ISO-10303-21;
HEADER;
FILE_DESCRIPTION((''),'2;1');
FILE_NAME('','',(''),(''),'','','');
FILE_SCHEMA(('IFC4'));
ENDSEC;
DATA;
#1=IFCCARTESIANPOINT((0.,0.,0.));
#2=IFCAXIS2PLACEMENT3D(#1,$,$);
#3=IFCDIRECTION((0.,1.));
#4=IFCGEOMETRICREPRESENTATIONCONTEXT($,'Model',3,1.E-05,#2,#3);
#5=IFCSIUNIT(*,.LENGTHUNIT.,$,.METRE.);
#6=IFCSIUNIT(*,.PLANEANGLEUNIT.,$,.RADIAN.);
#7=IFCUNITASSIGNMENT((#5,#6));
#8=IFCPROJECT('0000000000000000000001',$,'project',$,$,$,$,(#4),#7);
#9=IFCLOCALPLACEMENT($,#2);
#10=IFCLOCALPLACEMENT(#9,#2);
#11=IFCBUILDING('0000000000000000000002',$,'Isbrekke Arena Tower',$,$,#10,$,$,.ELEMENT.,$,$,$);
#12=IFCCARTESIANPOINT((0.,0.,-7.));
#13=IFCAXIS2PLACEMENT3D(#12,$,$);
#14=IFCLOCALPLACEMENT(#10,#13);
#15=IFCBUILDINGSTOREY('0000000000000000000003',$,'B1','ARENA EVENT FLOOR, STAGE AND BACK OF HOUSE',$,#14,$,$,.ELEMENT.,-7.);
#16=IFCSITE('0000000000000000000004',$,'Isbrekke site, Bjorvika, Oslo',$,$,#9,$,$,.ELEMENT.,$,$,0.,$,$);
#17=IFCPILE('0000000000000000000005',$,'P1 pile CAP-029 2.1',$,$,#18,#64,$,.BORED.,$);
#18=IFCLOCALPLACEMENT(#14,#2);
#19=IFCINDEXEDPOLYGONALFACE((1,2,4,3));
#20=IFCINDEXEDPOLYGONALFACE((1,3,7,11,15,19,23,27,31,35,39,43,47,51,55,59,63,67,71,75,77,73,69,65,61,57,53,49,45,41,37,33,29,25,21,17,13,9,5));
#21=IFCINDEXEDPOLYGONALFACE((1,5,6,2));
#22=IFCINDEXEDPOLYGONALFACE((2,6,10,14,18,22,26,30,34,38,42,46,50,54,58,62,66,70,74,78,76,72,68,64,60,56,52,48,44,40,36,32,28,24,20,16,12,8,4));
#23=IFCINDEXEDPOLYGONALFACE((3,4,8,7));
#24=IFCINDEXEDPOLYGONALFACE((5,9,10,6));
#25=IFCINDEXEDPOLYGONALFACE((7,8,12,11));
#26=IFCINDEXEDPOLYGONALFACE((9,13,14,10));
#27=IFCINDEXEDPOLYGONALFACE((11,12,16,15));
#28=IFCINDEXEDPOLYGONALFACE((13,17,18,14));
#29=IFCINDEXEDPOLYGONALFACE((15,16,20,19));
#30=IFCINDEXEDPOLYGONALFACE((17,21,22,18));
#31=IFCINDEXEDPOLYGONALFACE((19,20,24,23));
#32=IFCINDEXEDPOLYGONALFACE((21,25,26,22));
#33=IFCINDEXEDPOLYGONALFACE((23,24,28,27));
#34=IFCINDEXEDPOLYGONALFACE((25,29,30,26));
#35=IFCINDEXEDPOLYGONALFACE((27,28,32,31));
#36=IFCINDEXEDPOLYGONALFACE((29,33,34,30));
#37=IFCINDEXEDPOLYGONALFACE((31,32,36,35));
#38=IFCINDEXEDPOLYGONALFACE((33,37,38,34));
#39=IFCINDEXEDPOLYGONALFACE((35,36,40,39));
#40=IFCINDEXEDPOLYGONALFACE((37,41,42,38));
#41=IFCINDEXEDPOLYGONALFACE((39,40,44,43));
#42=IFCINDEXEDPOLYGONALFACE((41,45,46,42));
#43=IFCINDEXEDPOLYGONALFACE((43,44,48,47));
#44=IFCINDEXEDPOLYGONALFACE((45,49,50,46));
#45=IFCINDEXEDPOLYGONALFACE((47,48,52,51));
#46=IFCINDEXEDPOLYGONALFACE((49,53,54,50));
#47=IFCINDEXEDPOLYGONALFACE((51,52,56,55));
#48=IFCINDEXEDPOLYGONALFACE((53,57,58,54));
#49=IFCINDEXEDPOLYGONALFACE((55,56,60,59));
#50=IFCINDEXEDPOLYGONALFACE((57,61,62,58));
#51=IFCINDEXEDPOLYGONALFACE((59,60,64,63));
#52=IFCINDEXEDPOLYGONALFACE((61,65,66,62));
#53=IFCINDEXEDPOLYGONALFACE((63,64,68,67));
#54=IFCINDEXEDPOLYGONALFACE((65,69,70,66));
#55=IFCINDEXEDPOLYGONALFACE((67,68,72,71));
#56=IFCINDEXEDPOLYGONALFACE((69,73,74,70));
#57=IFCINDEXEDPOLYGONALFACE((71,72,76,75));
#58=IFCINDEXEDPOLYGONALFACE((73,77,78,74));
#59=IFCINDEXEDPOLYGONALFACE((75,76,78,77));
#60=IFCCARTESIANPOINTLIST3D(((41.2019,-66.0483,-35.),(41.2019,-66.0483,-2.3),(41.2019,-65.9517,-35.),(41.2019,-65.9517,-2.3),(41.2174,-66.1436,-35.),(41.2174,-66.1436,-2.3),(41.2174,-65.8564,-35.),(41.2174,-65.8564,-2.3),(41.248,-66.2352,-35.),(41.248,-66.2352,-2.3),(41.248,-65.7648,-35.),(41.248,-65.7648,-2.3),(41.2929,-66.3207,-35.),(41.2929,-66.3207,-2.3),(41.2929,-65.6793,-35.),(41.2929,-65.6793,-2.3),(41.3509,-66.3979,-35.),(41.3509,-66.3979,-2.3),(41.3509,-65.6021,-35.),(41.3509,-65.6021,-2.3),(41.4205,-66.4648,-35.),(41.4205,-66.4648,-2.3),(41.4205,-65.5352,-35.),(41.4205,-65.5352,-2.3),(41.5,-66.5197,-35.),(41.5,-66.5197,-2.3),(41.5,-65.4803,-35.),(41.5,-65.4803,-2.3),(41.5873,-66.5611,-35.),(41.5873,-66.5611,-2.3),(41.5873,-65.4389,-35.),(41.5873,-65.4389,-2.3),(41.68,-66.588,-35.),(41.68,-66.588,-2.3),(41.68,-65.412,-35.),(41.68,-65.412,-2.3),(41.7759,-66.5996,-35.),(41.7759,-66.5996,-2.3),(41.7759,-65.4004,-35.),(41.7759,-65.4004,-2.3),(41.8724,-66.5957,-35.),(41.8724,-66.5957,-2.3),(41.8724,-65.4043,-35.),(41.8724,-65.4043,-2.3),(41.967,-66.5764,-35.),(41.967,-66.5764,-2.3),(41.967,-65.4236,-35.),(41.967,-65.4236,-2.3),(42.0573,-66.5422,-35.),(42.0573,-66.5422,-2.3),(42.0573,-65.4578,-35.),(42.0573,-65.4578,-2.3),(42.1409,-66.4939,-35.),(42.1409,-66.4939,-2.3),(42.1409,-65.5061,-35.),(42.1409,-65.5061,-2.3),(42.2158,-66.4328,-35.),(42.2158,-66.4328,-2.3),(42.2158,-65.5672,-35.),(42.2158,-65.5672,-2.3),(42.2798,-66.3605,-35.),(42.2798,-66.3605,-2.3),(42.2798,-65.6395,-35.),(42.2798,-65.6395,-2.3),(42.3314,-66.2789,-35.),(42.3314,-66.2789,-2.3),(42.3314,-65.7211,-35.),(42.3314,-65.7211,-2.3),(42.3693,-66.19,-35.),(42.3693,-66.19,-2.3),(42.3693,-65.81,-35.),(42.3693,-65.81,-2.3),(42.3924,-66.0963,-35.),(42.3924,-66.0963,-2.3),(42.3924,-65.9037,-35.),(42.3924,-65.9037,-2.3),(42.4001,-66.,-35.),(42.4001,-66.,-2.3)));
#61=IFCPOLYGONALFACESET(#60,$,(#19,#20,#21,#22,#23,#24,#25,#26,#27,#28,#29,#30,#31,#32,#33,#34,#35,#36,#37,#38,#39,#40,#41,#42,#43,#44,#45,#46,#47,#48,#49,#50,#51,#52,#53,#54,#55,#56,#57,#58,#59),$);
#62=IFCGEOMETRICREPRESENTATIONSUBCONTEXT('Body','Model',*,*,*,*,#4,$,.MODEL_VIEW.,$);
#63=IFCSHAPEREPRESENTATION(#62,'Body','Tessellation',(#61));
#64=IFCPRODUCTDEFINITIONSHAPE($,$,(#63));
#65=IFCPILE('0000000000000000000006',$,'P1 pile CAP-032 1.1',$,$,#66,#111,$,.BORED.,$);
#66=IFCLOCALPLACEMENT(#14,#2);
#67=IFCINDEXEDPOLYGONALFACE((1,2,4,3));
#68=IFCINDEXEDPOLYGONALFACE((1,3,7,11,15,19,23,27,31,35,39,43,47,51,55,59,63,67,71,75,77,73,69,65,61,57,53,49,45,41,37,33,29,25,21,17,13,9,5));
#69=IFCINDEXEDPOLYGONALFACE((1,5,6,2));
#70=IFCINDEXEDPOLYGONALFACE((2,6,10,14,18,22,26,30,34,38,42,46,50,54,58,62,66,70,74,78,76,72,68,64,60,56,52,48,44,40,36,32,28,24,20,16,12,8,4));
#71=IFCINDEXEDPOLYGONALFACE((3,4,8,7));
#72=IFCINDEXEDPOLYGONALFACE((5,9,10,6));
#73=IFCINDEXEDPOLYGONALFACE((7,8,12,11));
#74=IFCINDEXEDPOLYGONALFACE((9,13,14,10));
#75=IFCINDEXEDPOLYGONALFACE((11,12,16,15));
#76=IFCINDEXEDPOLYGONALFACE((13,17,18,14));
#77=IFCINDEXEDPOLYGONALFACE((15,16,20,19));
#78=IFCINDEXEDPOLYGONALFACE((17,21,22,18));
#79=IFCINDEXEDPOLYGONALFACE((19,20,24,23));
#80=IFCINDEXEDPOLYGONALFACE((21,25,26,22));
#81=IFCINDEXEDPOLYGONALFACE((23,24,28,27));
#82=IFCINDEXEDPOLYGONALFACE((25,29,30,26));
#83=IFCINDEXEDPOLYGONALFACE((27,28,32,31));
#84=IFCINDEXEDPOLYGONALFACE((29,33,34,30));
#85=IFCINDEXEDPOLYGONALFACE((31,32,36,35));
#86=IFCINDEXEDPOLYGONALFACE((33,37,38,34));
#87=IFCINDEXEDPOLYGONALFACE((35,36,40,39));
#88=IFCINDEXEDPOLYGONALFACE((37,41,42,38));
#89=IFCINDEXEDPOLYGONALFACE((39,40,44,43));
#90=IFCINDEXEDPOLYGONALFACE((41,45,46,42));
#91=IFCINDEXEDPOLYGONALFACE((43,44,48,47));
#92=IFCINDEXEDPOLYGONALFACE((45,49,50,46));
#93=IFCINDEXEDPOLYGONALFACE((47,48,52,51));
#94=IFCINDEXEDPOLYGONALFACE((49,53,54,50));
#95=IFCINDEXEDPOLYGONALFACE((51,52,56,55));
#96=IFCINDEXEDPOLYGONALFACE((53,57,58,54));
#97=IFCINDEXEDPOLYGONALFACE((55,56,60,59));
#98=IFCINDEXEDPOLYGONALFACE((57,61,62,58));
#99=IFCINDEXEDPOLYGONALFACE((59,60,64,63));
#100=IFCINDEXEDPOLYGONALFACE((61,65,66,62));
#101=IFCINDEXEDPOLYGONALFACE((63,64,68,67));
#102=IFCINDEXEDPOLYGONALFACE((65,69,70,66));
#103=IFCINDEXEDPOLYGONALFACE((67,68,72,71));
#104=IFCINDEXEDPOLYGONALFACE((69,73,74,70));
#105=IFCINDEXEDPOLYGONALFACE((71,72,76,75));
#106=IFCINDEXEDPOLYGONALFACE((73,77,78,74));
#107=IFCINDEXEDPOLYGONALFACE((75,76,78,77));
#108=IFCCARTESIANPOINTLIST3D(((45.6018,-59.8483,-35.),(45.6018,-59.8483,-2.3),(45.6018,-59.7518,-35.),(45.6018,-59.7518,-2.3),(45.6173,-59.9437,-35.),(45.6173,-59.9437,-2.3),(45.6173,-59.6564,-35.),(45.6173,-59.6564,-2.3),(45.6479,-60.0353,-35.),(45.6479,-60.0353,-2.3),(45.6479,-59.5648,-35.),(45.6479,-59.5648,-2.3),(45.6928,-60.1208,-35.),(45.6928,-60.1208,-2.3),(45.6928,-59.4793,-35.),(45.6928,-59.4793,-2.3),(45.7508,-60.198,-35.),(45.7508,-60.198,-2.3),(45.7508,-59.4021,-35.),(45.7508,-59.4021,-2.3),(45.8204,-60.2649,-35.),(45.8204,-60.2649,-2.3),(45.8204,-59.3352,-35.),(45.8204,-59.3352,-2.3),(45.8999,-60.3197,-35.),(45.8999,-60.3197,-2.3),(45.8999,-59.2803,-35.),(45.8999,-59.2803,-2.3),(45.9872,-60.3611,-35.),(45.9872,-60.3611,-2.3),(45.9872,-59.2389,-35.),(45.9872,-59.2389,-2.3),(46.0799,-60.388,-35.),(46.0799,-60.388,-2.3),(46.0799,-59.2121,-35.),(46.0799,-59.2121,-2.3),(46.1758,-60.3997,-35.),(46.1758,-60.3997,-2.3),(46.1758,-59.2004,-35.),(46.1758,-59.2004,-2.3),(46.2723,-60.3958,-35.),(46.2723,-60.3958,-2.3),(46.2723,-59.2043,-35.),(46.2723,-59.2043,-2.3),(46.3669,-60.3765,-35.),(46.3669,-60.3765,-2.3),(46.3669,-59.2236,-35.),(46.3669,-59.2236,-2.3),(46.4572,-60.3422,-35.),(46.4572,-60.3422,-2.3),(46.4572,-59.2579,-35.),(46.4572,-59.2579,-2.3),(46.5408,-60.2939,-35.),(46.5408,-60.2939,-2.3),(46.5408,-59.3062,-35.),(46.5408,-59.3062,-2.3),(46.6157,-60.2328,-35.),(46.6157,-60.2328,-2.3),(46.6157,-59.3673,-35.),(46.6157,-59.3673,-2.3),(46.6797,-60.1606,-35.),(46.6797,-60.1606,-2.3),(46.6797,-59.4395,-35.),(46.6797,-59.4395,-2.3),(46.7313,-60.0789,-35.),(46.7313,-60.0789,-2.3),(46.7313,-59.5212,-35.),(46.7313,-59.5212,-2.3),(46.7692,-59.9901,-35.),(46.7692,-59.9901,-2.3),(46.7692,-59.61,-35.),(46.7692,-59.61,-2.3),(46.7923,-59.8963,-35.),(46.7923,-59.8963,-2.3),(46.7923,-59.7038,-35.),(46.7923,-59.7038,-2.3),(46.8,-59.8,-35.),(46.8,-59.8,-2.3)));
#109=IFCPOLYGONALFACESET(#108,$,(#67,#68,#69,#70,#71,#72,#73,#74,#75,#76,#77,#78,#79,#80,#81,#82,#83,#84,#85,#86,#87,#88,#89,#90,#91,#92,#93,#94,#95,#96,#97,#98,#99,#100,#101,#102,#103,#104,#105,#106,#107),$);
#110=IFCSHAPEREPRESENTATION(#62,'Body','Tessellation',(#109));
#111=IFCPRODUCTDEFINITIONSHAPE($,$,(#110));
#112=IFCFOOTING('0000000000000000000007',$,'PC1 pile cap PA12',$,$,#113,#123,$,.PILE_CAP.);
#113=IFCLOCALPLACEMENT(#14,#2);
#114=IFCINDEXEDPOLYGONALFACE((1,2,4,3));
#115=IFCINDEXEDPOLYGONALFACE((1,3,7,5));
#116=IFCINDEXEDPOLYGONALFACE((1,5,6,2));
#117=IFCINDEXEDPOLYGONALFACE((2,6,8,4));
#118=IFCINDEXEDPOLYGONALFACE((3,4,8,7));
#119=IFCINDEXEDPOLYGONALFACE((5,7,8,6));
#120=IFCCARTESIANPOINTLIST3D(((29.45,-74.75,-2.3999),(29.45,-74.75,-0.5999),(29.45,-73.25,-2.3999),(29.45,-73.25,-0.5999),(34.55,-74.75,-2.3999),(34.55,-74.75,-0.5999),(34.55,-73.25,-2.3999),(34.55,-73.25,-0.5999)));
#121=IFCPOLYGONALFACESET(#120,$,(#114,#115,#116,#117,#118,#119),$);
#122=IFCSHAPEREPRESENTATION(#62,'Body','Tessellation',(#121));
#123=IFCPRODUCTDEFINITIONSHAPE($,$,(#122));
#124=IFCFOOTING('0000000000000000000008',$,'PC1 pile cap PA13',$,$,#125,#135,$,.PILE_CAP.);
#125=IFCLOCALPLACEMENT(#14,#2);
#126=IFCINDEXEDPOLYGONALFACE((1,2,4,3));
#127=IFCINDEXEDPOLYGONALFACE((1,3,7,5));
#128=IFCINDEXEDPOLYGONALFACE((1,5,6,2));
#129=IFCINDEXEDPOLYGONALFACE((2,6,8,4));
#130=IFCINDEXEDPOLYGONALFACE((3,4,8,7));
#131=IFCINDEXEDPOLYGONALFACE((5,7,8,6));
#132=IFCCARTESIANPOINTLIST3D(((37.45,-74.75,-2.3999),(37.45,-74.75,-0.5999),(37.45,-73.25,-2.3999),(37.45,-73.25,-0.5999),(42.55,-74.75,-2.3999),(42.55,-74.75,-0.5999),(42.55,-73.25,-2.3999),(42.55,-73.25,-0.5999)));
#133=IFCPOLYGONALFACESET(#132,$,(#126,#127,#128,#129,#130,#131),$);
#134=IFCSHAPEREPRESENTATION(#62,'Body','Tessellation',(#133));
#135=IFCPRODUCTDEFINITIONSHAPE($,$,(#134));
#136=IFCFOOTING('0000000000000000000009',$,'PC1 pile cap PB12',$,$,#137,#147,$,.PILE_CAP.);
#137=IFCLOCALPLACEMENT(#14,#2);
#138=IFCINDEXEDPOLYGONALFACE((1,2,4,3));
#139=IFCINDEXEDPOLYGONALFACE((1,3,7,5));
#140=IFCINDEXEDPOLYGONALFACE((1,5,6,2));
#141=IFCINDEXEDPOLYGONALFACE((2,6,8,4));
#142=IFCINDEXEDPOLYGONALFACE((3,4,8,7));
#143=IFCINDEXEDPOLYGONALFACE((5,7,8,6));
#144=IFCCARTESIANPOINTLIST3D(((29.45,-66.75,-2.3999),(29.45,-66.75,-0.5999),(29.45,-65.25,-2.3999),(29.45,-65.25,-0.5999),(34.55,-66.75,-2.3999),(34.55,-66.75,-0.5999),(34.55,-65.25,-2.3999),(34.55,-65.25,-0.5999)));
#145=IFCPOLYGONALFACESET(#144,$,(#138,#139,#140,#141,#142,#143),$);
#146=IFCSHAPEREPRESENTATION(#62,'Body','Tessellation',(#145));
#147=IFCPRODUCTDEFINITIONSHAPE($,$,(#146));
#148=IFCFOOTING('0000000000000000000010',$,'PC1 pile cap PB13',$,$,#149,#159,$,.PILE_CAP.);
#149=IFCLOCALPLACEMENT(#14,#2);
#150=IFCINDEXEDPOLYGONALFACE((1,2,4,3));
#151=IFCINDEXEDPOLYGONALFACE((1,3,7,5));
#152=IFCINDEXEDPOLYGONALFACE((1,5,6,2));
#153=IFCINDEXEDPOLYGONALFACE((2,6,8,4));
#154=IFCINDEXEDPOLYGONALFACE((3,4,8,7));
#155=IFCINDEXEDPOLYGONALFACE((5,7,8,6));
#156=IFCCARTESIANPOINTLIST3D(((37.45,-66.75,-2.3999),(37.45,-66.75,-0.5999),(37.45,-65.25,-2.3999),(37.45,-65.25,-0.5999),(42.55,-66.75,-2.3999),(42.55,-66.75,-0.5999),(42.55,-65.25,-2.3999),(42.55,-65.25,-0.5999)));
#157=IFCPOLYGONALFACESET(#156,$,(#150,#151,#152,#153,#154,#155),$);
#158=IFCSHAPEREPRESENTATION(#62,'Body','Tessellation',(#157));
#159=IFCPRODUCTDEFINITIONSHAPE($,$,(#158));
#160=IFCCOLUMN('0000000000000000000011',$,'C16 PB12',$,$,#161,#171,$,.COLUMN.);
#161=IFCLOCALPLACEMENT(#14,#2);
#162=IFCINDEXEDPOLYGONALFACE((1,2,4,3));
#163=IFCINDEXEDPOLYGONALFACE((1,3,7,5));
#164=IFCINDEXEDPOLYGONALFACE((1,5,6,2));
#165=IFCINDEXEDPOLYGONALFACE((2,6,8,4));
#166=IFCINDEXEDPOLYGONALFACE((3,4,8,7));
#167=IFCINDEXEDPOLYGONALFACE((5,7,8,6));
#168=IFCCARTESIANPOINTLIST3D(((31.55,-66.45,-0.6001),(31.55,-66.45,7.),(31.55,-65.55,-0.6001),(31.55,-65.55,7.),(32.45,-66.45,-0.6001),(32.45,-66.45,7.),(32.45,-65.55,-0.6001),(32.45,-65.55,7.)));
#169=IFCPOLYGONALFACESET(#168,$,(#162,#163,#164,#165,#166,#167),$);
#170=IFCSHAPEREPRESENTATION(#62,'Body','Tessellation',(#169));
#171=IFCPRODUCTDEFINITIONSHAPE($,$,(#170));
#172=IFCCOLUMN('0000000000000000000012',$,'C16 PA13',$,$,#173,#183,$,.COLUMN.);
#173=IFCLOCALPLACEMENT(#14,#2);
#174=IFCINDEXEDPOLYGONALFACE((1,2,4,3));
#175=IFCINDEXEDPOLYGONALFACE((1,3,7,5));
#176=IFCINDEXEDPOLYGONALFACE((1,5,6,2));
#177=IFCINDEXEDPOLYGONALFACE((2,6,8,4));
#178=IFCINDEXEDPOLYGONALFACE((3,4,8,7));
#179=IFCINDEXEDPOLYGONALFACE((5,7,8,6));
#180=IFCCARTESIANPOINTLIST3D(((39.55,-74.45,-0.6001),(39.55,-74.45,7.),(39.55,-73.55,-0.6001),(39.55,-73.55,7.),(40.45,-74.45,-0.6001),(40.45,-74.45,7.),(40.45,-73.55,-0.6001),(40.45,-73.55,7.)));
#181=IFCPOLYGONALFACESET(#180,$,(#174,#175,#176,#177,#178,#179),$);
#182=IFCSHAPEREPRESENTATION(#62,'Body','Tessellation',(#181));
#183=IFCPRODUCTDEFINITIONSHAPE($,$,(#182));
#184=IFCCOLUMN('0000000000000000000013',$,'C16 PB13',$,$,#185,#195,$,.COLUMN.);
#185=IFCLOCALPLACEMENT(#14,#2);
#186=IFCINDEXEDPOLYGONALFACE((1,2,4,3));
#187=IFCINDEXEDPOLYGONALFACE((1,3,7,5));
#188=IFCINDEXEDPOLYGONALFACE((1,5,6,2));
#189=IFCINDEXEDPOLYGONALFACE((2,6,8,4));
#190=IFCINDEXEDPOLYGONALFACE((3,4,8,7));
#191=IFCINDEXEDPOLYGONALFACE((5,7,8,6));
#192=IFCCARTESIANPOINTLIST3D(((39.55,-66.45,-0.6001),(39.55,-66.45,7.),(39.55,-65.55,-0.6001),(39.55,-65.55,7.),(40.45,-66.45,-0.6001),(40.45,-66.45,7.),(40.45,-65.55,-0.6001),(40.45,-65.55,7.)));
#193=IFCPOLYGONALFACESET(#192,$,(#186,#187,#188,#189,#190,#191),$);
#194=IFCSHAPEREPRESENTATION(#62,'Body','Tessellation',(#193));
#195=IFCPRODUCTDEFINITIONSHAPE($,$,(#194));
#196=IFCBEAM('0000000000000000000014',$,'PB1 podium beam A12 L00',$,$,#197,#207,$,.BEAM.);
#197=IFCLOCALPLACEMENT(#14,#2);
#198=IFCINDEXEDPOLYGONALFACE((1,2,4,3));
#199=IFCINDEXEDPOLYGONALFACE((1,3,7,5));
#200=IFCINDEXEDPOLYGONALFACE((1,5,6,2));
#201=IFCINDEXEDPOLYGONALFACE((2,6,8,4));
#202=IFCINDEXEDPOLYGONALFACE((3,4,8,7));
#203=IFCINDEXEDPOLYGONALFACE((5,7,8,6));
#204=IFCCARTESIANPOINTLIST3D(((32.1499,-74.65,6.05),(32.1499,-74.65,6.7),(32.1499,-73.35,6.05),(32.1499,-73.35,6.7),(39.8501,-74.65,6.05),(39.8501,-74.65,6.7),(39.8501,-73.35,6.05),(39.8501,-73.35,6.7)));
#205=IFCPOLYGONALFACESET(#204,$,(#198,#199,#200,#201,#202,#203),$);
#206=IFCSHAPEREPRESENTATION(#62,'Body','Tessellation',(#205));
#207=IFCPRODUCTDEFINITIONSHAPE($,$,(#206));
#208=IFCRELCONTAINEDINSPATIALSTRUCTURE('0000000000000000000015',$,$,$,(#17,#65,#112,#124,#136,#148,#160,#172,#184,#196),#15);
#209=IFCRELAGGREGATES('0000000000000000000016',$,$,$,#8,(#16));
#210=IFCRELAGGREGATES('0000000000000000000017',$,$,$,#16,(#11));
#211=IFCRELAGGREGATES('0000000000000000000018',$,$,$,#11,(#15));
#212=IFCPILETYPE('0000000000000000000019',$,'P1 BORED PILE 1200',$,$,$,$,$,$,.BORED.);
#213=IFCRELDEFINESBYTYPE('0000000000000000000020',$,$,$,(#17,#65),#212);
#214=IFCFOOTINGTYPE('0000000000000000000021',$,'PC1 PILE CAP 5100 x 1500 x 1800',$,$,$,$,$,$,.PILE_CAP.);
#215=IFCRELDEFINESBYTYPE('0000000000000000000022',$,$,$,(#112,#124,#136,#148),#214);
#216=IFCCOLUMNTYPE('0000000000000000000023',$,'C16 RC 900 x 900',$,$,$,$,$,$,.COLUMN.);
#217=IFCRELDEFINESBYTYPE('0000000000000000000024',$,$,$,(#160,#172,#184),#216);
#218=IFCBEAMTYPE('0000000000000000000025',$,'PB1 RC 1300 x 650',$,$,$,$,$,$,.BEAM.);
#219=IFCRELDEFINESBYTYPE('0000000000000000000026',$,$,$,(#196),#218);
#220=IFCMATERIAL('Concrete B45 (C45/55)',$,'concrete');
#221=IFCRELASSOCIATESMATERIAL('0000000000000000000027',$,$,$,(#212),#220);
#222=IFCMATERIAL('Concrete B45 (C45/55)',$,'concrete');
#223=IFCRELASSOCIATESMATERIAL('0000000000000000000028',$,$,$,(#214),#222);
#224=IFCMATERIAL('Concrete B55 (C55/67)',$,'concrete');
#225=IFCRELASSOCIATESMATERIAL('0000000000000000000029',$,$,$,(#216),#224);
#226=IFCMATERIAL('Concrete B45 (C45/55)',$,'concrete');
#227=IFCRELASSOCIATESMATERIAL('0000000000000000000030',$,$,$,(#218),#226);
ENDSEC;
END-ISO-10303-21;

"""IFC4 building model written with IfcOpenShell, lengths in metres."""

from ifc_helpers import new_model, si_unit, direction, frame, origin, origin_2d, place, context, subcontext, project, spatial, rectangle, circle, extrude, material, material_profile, profile_set, type_object, element, save


model = new_model("IFC4")

# Units and contexts
model_context = context("Model", 3, precision=1e-05, world=origin(), true_north=direction((0.0, 1.0)))
body_context = subcontext(model_context, "Body", "Model", "MODEL_VIEW")
ifc_project = project(units=[si_unit("LENGTHUNIT", "METRE"), si_unit("PLANEANGLEUNIT", "RADIAN")], contexts=[model_context])

# Site, building, storey
site_placement = place(None, origin())
site = spatial("IfcSite", under=ifc_project, at=site_placement, Name="Isbrekke site, Bjorvika, Oslo", CompositionType="ELEMENT", RefElevation=0.0)
building_placement = place(site_placement, origin())
building = spatial("IfcBuilding", under=site, at=building_placement, Name="Isbrekke Arena Tower", CompositionType="ELEMENT")
storey_placement = place(building_placement, frame((0.0, 0.0, -7.0)))
storey = spatial("IfcBuildingStorey", under=building, at=storey_placement, Name="B1", Description="ARENA EVENT FLOOR, STAGE AND BACK OF HOUSE", CompositionType="ELEMENT", Elevation=-7.0)

# Piles
ifc_material_1 = material(Name="Concrete B45 (C45/55)", Category="concrete")
ifc_material_profile_1 = material_profile(ifc_material_1, circle(Radius=0.6001, at=origin_2d()), Name="BORED PILE D1200")
ifc_profile_set_1 = profile_set([ifc_material_profile_1], Name="Concrete B45 (C45/55)")
pile_type = type_object("IfcPileType", Name="P1 BORED PILE 1200", PredefinedType="BORED", material=ifc_profile_set_1)
for number, where, z_axis, x_axis, name in (
    (1, (41.8, -66.0, -2.3), (0.0, 0.0, -1.0), (1.0, 0.0, 0.0), "P1 pile CAP-029 2.1"),
    (2, (46.2, -59.8, -2.3), (0.0, 0.0, -1.0), (1.0, 0.0, 0.0), "P1 pile CAP-032 1.1"),
):
    element("IfcPile", number, at=place(storey_placement, frame(where, z_axis=z_axis, x_axis=x_axis)), inside=storey, type_object=pile_type, Name=name, PredefinedType="BORED", context=body_context, shape_type="SweptSolid", body=[
        extrude(circle(Radius=0.6001, at=origin_2d()), origin(), (0.0, 0.0, 1.0), 32.7),
    ])

# Footings
ifc_material_2 = material(Name="Concrete B45 (C45/55)", Category="concrete")
footing_type = type_object("IfcFootingType", Name="PC1 PILE CAP 5100 x 1500 x 1800", PredefinedType="PILE_CAP", material=ifc_material_2)
for number, where, z_axis, x_axis, name in (
    (3, (32.0, -74.0, -2.3999), (0.0, 0.0, 1.0), (1.0, 0.0, 0.0), "PC1 pile cap PA12"),
    (4, (40.0, -74.0, -2.3999), (0.0, 0.0, 1.0), (1.0, 0.0, 0.0), "PC1 pile cap PA13"),
    (5, (32.0, -66.0, -2.3999), (0.0, 0.0, 1.0), (1.0, 0.0, 0.0), "PC1 pile cap PB12"),
    (6, (40.0, -66.0, -2.3999), (0.0, 0.0, 1.0), (1.0, 0.0, 0.0), "PC1 pile cap PB13"),
):
    element("IfcFooting", number, at=place(storey_placement, frame(where, z_axis=z_axis, x_axis=x_axis)), inside=storey, type_object=footing_type, Name=name, PredefinedType="PILE_CAP", context=body_context, shape_type="SweptSolid", body=[
        extrude(rectangle(XDim=5.1001, YDim=1.5, at=origin_2d()), origin(), (0.0, 0.0, 1.0), 1.8),
    ])

# Columns
ifc_material_3 = material(Name="Concrete B55 (C55/67)", Category="concrete")
ifc_material_profile_2 = material_profile(ifc_material_3, rectangle(XDim=0.8999, YDim=0.8999, at=origin_2d()), Name="RC 900x900")
ifc_profile_set_2 = profile_set([ifc_material_profile_2], Name="Concrete B55 (C55/67)")
column_type = type_object("IfcColumnType", Name="C16 RC 900 x 900", PredefinedType="COLUMN", material=ifc_profile_set_2)
for number, where, z_axis, x_axis, name in (
    (7, (32.0, -66.0, -0.6001), (0.0, 0.0, 1.0), (1.0, 0.0, 0.0), "C16 PB12"),
    (8, (40.0, -74.0, -0.6001), (0.0, 0.0, 1.0), (1.0, 0.0, 0.0), "C16 PA13"),
    (9, (40.0, -66.0, -0.6001), (0.0, 0.0, 1.0), (1.0, 0.0, 0.0), "C16 PB13"),
):
    element("IfcColumn", number, at=place(storey_placement, frame(where, z_axis=z_axis, x_axis=x_axis)), inside=storey, type_object=column_type, Name=name, PredefinedType="COLUMN", context=body_context, shape_type="SweptSolid", body=[
        extrude(rectangle(XDim=0.8999, YDim=0.8999, at=origin_2d()), origin(), (0.0, 0.0, 1.0), 7.6001),
    ])

# Beam
ifc_material_4 = material(Name="Concrete B45 (C45/55)", Category="concrete")
ifc_material_profile_3 = material_profile(ifc_material_4, rectangle(XDim=1.3, YDim=0.6499, at=origin_2d()), Name="RC 1300x650")
ifc_profile_set_3 = profile_set([ifc_material_profile_3], Name="Concrete B45 (C45/55)")
beam_type_1 = type_object("IfcBeamType", Name="PB1 RC 1300 x 650", PredefinedType="BEAM", material=ifc_profile_set_3)
for number, where, z_axis, x_axis, name in (
    (10, (32.1499, -74.0, 6.375), (1.0, 0.0, 0.0), (0.0, 1.0, 0.0), "PB1 podium beam A12 L00"),
):
    element("IfcBeam", number, at=place(storey_placement, frame(where, z_axis=z_axis, x_axis=x_axis)), inside=storey, type_object=beam_type_1, Name=name, PredefinedType="BEAM", context=body_context, shape_type="SweptSolid", body=[
        extrude(rectangle(XDim=1.3, YDim=0.6499, at=origin_2d()), origin(), (0.0, 0.0, 1.0), 7.7002),
    ])

save(model, "model.ifc")
